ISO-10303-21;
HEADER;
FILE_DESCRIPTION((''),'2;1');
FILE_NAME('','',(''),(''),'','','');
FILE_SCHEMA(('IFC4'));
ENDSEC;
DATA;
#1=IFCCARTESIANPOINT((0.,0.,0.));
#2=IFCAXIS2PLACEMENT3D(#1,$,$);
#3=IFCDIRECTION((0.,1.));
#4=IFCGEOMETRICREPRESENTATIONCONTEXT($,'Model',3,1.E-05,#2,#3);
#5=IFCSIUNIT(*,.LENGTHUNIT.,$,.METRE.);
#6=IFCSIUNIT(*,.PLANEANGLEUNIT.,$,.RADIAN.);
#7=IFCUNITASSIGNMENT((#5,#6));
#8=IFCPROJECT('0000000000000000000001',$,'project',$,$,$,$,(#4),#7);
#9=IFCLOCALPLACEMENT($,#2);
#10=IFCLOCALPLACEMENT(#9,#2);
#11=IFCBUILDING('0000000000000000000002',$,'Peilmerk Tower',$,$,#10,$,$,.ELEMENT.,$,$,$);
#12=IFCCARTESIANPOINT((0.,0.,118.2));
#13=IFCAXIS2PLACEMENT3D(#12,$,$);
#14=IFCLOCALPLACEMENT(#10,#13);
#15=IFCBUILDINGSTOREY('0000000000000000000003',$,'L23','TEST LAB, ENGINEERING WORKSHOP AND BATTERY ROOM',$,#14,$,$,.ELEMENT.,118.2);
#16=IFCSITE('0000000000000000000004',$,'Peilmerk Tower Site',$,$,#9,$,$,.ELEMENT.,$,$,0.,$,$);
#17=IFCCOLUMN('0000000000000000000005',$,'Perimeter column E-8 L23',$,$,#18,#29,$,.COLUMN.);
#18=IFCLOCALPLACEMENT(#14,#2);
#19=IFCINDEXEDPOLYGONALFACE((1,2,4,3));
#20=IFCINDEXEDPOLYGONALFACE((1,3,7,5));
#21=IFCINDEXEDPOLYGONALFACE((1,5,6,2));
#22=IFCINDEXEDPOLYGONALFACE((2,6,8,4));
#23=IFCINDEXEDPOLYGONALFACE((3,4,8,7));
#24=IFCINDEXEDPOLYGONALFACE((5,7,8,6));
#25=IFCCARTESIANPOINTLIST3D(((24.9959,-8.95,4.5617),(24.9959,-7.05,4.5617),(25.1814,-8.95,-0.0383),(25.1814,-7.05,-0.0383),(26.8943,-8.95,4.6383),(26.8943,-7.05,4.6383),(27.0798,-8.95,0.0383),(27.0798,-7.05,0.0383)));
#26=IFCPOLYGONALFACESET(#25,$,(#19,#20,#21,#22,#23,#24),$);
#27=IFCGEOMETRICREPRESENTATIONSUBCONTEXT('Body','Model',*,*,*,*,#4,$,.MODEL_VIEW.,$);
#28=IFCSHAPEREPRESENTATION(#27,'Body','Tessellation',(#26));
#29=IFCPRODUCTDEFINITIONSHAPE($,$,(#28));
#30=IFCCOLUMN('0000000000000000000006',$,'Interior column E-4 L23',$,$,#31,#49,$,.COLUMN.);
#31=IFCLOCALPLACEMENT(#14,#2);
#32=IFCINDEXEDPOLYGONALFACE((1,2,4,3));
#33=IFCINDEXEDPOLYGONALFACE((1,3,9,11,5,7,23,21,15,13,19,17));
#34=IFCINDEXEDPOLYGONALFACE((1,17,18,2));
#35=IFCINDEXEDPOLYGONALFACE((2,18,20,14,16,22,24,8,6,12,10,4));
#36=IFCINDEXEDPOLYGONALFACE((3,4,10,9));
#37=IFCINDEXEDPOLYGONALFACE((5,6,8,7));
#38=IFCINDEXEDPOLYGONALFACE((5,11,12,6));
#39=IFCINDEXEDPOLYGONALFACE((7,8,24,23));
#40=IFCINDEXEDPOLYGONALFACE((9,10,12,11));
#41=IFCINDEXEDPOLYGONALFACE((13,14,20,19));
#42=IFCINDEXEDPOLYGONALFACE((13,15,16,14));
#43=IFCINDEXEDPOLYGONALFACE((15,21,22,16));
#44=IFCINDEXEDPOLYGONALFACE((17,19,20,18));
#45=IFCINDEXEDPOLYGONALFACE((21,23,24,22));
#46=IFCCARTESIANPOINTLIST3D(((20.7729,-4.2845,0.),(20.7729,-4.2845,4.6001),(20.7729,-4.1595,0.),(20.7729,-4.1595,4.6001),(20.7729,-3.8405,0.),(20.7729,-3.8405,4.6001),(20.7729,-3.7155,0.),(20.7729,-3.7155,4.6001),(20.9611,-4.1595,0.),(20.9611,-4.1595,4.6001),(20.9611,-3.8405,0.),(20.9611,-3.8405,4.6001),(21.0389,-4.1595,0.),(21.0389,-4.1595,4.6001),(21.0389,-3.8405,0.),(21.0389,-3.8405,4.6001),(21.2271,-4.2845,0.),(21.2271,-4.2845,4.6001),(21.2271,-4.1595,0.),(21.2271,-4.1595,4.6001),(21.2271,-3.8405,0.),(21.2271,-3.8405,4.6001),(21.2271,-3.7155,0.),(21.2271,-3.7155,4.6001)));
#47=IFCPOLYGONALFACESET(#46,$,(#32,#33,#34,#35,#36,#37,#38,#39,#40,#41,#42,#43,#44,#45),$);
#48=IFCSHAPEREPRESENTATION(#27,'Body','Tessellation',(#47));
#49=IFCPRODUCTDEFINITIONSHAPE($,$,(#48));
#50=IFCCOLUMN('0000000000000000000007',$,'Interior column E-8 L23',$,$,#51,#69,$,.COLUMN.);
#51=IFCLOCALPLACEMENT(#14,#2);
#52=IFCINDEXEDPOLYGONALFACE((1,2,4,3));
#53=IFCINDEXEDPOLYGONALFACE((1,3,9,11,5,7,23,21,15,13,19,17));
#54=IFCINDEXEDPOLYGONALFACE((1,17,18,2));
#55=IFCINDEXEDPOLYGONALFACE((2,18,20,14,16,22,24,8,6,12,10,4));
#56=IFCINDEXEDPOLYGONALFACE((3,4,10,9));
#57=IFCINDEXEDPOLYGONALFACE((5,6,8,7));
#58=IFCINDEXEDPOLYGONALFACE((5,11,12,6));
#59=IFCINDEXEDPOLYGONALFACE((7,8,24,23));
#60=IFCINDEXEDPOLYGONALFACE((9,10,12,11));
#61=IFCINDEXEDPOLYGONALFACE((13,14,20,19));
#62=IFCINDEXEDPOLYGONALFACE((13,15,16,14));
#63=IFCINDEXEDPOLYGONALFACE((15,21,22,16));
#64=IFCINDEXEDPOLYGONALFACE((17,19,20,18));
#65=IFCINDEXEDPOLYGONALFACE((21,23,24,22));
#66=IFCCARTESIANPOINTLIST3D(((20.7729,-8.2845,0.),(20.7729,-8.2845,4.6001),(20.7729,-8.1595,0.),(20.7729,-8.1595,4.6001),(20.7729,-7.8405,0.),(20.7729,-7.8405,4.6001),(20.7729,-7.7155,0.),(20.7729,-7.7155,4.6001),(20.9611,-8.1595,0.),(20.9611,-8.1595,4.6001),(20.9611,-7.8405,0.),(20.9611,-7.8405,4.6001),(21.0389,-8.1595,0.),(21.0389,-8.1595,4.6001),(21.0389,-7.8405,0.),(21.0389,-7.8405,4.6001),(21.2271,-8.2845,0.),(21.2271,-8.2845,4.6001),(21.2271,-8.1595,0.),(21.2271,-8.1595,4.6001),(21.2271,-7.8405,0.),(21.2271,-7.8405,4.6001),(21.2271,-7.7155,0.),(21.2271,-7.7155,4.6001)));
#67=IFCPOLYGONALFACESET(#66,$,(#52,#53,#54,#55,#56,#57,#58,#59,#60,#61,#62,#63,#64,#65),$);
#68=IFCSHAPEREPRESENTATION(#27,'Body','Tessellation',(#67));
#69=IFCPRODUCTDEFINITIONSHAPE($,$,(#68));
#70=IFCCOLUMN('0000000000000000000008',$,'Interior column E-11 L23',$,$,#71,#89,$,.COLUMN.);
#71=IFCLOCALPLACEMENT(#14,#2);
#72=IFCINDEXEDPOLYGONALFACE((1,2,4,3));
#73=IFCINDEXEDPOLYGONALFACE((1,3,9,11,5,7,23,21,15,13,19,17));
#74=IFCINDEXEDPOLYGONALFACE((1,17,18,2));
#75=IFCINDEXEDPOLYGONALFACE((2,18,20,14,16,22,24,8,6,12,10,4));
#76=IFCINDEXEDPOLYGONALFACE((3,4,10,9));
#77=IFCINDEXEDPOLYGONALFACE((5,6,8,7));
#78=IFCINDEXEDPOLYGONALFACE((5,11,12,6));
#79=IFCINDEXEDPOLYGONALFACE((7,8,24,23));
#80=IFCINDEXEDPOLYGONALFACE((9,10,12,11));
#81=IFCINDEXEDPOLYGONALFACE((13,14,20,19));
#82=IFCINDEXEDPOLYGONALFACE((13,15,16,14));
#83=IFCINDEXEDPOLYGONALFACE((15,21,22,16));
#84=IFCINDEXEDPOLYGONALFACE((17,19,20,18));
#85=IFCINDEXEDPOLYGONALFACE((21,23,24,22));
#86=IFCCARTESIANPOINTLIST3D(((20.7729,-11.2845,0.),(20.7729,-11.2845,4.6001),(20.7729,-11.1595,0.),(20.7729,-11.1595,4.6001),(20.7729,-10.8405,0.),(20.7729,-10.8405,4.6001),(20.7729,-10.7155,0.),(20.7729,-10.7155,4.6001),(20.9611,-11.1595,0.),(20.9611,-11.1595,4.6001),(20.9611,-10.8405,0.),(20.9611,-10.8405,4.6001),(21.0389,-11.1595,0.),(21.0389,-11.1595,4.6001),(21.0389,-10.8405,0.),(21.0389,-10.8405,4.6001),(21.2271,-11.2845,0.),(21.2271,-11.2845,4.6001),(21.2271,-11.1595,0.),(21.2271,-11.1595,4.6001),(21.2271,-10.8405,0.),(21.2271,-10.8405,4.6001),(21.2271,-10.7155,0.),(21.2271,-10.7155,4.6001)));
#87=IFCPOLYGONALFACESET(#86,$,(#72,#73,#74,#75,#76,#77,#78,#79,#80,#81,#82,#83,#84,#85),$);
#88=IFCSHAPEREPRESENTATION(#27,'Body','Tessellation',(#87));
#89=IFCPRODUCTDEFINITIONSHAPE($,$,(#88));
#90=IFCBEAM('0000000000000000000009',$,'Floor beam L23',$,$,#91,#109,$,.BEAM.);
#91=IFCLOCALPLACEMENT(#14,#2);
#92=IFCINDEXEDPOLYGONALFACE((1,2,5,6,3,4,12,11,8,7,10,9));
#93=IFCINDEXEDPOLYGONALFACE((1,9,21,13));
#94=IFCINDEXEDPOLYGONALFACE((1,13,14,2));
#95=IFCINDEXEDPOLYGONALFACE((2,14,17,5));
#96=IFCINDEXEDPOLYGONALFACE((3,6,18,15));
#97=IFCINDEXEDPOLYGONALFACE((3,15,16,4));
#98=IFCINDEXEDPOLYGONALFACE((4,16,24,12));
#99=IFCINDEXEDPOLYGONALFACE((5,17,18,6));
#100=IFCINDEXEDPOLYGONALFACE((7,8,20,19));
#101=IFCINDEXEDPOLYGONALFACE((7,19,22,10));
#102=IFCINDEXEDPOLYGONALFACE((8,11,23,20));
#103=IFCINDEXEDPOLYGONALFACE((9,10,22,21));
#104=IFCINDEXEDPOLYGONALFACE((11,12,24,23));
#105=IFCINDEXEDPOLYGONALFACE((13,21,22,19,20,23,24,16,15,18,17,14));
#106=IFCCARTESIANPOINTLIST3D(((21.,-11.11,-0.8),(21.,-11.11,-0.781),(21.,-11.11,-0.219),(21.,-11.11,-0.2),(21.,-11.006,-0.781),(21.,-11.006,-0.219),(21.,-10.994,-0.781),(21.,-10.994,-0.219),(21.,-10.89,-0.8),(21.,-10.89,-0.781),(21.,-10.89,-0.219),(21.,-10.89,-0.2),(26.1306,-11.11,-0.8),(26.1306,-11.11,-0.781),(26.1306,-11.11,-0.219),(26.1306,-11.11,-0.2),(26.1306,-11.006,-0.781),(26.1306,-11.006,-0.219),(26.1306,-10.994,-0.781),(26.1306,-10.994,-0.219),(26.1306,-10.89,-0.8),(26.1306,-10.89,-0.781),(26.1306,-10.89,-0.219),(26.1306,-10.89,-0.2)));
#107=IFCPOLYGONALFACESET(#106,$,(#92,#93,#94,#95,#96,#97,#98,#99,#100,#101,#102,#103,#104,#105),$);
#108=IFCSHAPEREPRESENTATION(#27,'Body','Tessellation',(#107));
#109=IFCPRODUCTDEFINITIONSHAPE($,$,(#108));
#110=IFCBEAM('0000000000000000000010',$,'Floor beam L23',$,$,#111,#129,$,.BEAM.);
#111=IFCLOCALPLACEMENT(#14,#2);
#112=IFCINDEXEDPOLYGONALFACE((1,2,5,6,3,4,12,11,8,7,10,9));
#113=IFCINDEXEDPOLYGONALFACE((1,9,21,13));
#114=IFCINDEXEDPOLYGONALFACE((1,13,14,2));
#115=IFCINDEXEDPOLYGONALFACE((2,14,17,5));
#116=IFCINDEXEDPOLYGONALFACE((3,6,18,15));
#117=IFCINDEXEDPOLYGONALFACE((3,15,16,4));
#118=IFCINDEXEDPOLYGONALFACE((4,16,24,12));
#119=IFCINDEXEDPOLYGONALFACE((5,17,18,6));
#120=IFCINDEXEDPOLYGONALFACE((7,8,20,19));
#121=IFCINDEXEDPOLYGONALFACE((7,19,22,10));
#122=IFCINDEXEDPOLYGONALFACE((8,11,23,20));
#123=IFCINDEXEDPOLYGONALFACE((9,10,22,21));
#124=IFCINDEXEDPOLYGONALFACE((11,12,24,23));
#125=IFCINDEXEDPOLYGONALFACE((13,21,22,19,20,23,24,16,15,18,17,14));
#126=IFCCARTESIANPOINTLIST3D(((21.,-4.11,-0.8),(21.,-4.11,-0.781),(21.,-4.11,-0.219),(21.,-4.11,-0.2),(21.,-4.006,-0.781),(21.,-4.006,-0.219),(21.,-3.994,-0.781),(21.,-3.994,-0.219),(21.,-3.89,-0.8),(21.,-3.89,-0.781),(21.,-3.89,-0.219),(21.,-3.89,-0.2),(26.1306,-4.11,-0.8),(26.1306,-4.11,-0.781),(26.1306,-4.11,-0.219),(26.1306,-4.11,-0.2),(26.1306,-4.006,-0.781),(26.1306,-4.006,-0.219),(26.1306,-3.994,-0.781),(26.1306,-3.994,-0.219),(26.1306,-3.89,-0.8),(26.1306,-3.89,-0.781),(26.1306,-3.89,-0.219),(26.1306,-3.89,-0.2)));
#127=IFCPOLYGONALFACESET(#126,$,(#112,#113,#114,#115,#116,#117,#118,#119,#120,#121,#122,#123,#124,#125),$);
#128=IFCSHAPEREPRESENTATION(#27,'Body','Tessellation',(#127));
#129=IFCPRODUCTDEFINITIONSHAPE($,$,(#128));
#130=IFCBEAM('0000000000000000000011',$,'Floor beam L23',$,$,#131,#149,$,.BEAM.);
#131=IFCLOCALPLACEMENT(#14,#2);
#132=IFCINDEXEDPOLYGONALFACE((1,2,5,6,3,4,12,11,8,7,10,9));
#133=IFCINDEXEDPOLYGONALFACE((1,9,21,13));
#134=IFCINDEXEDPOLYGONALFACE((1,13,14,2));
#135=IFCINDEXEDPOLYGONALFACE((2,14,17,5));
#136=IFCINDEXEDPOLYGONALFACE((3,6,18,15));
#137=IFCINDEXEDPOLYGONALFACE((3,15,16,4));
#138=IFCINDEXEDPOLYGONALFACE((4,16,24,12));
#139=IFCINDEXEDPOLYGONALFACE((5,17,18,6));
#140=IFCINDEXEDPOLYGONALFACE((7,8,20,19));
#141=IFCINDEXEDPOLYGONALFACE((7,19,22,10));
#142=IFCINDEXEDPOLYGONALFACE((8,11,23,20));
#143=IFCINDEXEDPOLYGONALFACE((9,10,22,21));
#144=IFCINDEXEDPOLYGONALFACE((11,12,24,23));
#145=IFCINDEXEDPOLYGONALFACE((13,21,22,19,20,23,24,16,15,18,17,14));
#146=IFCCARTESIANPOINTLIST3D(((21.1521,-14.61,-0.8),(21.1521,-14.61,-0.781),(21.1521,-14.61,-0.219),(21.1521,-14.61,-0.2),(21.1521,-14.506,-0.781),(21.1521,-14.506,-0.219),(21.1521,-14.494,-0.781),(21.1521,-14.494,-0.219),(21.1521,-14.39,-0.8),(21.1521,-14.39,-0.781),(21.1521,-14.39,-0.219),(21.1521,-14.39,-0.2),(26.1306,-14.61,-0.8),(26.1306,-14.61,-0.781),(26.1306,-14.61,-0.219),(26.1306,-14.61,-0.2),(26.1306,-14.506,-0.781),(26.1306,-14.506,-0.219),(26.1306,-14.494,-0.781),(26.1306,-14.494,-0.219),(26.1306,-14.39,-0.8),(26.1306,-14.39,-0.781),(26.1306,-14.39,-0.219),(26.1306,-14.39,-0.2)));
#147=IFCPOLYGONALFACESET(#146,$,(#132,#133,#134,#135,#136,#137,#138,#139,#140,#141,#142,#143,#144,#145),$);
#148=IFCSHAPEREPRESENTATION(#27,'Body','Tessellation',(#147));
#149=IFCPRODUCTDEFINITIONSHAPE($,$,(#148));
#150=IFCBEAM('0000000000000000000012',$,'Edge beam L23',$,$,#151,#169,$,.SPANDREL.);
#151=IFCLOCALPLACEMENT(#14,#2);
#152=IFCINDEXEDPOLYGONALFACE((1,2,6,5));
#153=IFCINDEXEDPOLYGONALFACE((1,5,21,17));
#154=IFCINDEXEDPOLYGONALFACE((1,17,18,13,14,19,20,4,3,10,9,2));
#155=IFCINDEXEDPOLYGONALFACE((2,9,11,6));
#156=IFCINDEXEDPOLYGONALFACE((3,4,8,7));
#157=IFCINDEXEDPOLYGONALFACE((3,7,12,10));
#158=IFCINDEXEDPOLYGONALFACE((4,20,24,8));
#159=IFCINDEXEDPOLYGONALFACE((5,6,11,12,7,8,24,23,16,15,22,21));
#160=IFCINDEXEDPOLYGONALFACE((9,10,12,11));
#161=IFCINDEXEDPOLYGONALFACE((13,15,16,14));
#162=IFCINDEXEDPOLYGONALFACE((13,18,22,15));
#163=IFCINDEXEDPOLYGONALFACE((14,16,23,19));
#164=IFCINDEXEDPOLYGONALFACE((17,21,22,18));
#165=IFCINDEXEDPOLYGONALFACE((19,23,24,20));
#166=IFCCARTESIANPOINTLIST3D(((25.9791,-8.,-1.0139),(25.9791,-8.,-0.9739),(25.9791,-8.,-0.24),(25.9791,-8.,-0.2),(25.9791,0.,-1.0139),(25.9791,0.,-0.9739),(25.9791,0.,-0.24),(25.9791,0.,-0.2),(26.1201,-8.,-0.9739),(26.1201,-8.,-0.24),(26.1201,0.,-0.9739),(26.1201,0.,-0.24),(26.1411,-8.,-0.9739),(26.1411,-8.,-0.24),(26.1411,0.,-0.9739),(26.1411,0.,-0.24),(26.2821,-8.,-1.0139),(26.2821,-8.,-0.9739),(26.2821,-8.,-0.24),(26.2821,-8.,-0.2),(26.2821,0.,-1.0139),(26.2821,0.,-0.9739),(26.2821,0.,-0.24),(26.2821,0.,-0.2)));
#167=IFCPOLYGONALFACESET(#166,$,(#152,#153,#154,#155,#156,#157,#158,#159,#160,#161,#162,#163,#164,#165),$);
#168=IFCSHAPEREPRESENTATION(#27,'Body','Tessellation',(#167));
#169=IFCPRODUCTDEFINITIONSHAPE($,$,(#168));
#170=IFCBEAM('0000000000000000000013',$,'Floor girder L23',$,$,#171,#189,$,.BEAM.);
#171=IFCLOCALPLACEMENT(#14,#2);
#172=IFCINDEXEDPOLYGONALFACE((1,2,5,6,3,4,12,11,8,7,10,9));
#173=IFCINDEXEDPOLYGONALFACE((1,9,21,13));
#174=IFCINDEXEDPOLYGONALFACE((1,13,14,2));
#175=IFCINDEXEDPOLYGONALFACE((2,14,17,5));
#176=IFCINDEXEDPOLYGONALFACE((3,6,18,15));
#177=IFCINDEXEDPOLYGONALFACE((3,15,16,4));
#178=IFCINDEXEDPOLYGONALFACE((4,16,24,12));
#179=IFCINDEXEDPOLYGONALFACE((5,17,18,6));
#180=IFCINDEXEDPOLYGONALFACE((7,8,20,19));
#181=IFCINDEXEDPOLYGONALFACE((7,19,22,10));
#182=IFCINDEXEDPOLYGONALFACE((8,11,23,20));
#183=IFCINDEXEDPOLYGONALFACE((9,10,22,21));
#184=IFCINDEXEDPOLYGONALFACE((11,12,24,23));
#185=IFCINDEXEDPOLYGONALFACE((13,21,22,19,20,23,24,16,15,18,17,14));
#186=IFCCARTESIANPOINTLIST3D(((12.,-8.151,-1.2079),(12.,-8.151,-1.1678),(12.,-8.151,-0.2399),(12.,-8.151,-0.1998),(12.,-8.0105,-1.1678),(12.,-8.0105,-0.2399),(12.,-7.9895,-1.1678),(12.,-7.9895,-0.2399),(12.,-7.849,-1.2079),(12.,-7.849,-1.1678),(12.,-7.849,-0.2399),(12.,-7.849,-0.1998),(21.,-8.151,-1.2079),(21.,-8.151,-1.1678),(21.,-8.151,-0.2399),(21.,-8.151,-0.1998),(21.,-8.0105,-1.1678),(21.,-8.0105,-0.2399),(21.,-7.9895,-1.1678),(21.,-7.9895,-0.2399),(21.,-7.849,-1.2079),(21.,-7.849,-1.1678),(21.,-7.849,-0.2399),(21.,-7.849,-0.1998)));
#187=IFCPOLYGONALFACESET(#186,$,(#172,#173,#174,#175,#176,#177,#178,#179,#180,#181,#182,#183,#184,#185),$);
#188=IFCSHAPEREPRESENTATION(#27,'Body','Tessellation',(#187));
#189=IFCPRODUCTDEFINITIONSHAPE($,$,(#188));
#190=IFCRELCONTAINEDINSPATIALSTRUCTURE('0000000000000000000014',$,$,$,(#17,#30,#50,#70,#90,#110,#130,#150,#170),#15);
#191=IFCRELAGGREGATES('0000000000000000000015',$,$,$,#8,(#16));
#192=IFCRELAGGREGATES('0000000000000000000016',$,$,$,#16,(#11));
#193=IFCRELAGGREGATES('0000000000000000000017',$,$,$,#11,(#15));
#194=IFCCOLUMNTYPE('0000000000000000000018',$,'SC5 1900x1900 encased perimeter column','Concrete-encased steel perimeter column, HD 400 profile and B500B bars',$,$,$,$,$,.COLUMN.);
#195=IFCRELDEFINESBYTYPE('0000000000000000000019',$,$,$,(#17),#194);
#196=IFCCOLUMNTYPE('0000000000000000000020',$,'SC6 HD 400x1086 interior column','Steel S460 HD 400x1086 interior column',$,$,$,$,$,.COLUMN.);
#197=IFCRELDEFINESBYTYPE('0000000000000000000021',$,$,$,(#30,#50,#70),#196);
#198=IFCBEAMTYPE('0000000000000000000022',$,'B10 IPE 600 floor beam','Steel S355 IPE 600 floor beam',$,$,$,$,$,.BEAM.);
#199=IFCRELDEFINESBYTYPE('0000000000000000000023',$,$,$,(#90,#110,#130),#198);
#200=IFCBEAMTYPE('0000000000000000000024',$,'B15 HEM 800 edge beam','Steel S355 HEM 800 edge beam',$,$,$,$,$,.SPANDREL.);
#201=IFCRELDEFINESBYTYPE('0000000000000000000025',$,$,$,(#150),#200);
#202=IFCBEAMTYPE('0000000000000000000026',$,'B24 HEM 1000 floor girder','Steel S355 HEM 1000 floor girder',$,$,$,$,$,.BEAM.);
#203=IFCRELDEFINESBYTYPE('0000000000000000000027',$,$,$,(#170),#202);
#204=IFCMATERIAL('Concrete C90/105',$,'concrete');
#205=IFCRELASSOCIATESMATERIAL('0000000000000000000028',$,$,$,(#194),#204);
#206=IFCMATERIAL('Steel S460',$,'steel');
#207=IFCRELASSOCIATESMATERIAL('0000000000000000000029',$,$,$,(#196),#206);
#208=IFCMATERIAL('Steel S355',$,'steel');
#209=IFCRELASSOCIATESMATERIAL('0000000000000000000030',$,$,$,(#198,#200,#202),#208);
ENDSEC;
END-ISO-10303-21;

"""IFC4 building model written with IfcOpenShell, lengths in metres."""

from ifc_helpers import new_model, si_unit, direction, frame, origin, origin_2d, place, context, subcontext, project, spatial, rectangle, i_section, extrude, material, material_profile, profile_set, type_object, element, save


model = new_model("IFC4")

# Units and contexts
model_context = context("Model", 3, precision=1e-05, world=origin(), true_north=direction((0.0, 1.0)))
body_context = subcontext(model_context, "Body", "Model", "MODEL_VIEW")
ifc_project = project(units=[si_unit("LENGTHUNIT", "METRE"), si_unit("PLANEANGLEUNIT", "RADIAN")], contexts=[model_context])

# Site, building, storey
site_placement = place(None, origin())
site = spatial("IfcSite", under=ifc_project, at=site_placement, Name="Peilmerk Tower Site", CompositionType="ELEMENT", RefElevation=0.0)
building_placement = place(site_placement, origin())
building = spatial("IfcBuilding", under=site, at=building_placement, Name="Peilmerk Tower", CompositionType="ELEMENT")
storey_placement = place(building_placement, frame((0.0, 0.0, 118.2)))
storey = spatial("IfcBuildingStorey", under=building, at=storey_placement, Name="L23", Description="TEST LAB, ENGINEERING WORKSHOP AND BATTERY ROOM", CompositionType="ELEMENT", Elevation=118.2)

# Columns
ifc_material_1 = material(Name="Concrete C90/105", Category="concrete")
ifc_material_profile_1 = material_profile(ifc_material_1, rectangle(XDim=1.8999, YDim=1.8999, at=origin_2d()), Name="RC 1900x1900")
ifc_profile_set_1 = profile_set([ifc_material_profile_1], Name="Concrete C90/105")
column_type_1 = type_object("IfcColumnType", Name="SC5 1900x1900 encased perimeter column", Description="Concrete-encased steel perimeter column, HD 400 profile and B500B bars", PredefinedType="COLUMN", material=ifc_profile_set_1)
column_placement = place(storey_placement, frame((26.1306, -8.0, 0.0), z_axis=(-0.040303, 0.0, 0.999188), x_axis=(0.0, -1.0, 0.0)))
element("IfcColumn", 1, at=column_placement, inside=storey, type_object=column_type_1, Name="Perimeter column E-8 L23", PredefinedType="COLUMN", context=body_context, shape_type="SweptSolid", body=[
    extrude(rectangle(XDim=1.8999, YDim=1.8999, at=origin_2d()), origin(), (0.0, 0.0, 1.0), 4.6038),
])
ifc_material_2 = material(Name="Steel S460", Category="steel")
ifc_material_profile_2 = material_profile(ifc_material_2, i_section(OverallWidth=0.4541, OverallDepth=0.5691, WebThickness=0.0779, FlangeThickness=0.125, at=origin_2d()), Name="HD 400x1086")
ifc_profile_set_2 = profile_set([ifc_material_profile_2], Name="Steel S460")
column_type_2 = type_object("IfcColumnType", Name="SC6 HD 400x1086 interior column", Description="Steel S460 HD 400x1086 interior column", PredefinedType="COLUMN", material=ifc_profile_set_2)
for number, where, z_axis, x_axis, name in (
    (2, (21.0, -4.0, 0.0), (0.0, 0.0, 1.0), (1.0, 0.0, 0.0), "Interior column E-4 L23"),
    (3, (21.0, -8.0, 0.0), (0.0, 0.0, 1.0), (1.0, 0.0, 0.0), "Interior column E-8 L23"),
    (4, (21.0, -11.0, 0.0), (0.0, 0.0, 1.0), (1.0, 0.0, 0.0), "Interior column E-11 L23"),
):
    element("IfcColumn", number, at=place(storey_placement, frame(where, z_axis=z_axis, x_axis=x_axis)), inside=storey, type_object=column_type_2, Name=name, PredefinedType="COLUMN", context=body_context, shape_type="SweptSolid", body=[
        extrude(i_section(OverallWidth=0.4541, OverallDepth=0.5691, WebThickness=0.0779, FlangeThickness=0.125, at=origin_2d()), origin(), (0.0, 0.0, 1.0), 4.6001),
    ])

# Beams
ifc_material_3 = material(Name="Steel S355", Category="steel")
ifc_material_profile_3 = material_profile(ifc_material_3, i_section(OverallWidth=0.22, OverallDepth=0.6001, WebThickness=0.012, FlangeThickness=0.019, at=origin_2d()), Name="IPE 600")
ifc_profile_set_3 = profile_set([ifc_material_profile_3], Name="Steel S355")
beam_type_1 = type_object("IfcBeamType", Name="B10 IPE 600 floor beam", Description="Steel S355 IPE 600 floor beam", PredefinedType="BEAM", material=ifc_profile_set_3)
for number, where, z_axis, x_axis, name in (
    (5, (21.0, -11.0, -0.5), (1.0, 0.0, 0.0), (0.0, 1.0, 0.0), "Floor beam L23"),
    (6, (21.0, -4.0, -0.5), (1.0, 0.0, 0.0), (0.0, 1.0, 0.0), "Floor beam L23"),
):
    element("IfcBeam", number, at=place(storey_placement, frame(where, z_axis=z_axis, x_axis=x_axis)), inside=storey, type_object=beam_type_1, Name=name, PredefinedType="BEAM", context=body_context, shape_type="SweptSolid", body=[
        extrude(i_section(OverallWidth=0.22, OverallDepth=0.6001, WebThickness=0.012, FlangeThickness=0.019, at=origin_2d()), origin(), (0.0, 0.0, 1.0), 5.1306),
    ])
beam_1_placement = place(storey_placement, frame((21.1521, -14.5, -0.5), z_axis=(1.0, 0.0, 0.0), x_axis=(0.0, 1.0, 0.0)))
element("IfcBeam", 7, at=beam_1_placement, inside=storey, type_object=beam_type_1, Name="Floor beam L23", PredefinedType="BEAM", context=body_context, shape_type="SweptSolid", body=[
    extrude(i_section(OverallWidth=0.22, OverallDepth=0.6001, WebThickness=0.012, FlangeThickness=0.019, at=origin_2d()), origin(), (0.0, 0.0, 1.0), 4.9785),
])
ifc_material_profile_4 = material_profile(ifc_material_3, i_section(OverallWidth=0.303, OverallDepth=0.814, WebThickness=0.021, FlangeThickness=0.04, at=origin_2d()), Name="HEM 800")
ifc_profile_set_4 = profile_set([ifc_material_profile_4], Name="Steel S355")
beam_type_2 = type_object("IfcBeamType", Name="B15 HEM 800 edge beam", Description="Steel S355 HEM 800 edge beam", PredefinedType="SPANDREL", material=ifc_profile_set_4)
beam_2_placement = place(storey_placement, frame((26.1306, -8.0, -0.6069), z_axis=(0.0, 1.0, 0.0), x_axis=(-1.0, 0.0, 0.0)))
element("IfcBeam", 8, at=beam_2_placement, inside=storey, type_object=beam_type_2, Name="Edge beam L23", PredefinedType="SPANDREL", context=body_context, shape_type="SweptSolid", body=[
    extrude(i_section(OverallWidth=0.303, OverallDepth=0.814, WebThickness=0.021, FlangeThickness=0.04, at=origin_2d()), origin(), (0.0, 0.0, 1.0), 8.0),
])
ifc_material_profile_5 = material_profile(ifc_material_3, i_section(OverallWidth=0.302, OverallDepth=1.0081, WebThickness=0.021, FlangeThickness=0.04, at=origin_2d()), Name="HEM 1000")
ifc_profile_set_5 = profile_set([ifc_material_profile_5], Name="Steel S355")
beam_type_3 = type_object("IfcBeamType", Name="B24 HEM 1000 floor girder", Description="Steel S355 HEM 1000 floor girder", PredefinedType="BEAM", material=ifc_profile_set_5)
beam_3_placement = place(storey_placement, frame((12.0, -8.0, -0.7039), z_axis=(1.0, 0.0, 0.0), x_axis=(0.0, 1.0, 0.0)))
element("IfcBeam", 9, at=beam_3_placement, inside=storey, type_object=beam_type_3, Name="Floor girder L23", PredefinedType="BEAM", context=body_context, shape_type="SweptSolid", body=[
    extrude(i_section(OverallWidth=0.302, OverallDepth=1.0081, WebThickness=0.021, FlangeThickness=0.04, at=origin_2d()), origin(), (0.0, 0.0, 1.0), 9.0),
])

save(model, "model.ifc")
